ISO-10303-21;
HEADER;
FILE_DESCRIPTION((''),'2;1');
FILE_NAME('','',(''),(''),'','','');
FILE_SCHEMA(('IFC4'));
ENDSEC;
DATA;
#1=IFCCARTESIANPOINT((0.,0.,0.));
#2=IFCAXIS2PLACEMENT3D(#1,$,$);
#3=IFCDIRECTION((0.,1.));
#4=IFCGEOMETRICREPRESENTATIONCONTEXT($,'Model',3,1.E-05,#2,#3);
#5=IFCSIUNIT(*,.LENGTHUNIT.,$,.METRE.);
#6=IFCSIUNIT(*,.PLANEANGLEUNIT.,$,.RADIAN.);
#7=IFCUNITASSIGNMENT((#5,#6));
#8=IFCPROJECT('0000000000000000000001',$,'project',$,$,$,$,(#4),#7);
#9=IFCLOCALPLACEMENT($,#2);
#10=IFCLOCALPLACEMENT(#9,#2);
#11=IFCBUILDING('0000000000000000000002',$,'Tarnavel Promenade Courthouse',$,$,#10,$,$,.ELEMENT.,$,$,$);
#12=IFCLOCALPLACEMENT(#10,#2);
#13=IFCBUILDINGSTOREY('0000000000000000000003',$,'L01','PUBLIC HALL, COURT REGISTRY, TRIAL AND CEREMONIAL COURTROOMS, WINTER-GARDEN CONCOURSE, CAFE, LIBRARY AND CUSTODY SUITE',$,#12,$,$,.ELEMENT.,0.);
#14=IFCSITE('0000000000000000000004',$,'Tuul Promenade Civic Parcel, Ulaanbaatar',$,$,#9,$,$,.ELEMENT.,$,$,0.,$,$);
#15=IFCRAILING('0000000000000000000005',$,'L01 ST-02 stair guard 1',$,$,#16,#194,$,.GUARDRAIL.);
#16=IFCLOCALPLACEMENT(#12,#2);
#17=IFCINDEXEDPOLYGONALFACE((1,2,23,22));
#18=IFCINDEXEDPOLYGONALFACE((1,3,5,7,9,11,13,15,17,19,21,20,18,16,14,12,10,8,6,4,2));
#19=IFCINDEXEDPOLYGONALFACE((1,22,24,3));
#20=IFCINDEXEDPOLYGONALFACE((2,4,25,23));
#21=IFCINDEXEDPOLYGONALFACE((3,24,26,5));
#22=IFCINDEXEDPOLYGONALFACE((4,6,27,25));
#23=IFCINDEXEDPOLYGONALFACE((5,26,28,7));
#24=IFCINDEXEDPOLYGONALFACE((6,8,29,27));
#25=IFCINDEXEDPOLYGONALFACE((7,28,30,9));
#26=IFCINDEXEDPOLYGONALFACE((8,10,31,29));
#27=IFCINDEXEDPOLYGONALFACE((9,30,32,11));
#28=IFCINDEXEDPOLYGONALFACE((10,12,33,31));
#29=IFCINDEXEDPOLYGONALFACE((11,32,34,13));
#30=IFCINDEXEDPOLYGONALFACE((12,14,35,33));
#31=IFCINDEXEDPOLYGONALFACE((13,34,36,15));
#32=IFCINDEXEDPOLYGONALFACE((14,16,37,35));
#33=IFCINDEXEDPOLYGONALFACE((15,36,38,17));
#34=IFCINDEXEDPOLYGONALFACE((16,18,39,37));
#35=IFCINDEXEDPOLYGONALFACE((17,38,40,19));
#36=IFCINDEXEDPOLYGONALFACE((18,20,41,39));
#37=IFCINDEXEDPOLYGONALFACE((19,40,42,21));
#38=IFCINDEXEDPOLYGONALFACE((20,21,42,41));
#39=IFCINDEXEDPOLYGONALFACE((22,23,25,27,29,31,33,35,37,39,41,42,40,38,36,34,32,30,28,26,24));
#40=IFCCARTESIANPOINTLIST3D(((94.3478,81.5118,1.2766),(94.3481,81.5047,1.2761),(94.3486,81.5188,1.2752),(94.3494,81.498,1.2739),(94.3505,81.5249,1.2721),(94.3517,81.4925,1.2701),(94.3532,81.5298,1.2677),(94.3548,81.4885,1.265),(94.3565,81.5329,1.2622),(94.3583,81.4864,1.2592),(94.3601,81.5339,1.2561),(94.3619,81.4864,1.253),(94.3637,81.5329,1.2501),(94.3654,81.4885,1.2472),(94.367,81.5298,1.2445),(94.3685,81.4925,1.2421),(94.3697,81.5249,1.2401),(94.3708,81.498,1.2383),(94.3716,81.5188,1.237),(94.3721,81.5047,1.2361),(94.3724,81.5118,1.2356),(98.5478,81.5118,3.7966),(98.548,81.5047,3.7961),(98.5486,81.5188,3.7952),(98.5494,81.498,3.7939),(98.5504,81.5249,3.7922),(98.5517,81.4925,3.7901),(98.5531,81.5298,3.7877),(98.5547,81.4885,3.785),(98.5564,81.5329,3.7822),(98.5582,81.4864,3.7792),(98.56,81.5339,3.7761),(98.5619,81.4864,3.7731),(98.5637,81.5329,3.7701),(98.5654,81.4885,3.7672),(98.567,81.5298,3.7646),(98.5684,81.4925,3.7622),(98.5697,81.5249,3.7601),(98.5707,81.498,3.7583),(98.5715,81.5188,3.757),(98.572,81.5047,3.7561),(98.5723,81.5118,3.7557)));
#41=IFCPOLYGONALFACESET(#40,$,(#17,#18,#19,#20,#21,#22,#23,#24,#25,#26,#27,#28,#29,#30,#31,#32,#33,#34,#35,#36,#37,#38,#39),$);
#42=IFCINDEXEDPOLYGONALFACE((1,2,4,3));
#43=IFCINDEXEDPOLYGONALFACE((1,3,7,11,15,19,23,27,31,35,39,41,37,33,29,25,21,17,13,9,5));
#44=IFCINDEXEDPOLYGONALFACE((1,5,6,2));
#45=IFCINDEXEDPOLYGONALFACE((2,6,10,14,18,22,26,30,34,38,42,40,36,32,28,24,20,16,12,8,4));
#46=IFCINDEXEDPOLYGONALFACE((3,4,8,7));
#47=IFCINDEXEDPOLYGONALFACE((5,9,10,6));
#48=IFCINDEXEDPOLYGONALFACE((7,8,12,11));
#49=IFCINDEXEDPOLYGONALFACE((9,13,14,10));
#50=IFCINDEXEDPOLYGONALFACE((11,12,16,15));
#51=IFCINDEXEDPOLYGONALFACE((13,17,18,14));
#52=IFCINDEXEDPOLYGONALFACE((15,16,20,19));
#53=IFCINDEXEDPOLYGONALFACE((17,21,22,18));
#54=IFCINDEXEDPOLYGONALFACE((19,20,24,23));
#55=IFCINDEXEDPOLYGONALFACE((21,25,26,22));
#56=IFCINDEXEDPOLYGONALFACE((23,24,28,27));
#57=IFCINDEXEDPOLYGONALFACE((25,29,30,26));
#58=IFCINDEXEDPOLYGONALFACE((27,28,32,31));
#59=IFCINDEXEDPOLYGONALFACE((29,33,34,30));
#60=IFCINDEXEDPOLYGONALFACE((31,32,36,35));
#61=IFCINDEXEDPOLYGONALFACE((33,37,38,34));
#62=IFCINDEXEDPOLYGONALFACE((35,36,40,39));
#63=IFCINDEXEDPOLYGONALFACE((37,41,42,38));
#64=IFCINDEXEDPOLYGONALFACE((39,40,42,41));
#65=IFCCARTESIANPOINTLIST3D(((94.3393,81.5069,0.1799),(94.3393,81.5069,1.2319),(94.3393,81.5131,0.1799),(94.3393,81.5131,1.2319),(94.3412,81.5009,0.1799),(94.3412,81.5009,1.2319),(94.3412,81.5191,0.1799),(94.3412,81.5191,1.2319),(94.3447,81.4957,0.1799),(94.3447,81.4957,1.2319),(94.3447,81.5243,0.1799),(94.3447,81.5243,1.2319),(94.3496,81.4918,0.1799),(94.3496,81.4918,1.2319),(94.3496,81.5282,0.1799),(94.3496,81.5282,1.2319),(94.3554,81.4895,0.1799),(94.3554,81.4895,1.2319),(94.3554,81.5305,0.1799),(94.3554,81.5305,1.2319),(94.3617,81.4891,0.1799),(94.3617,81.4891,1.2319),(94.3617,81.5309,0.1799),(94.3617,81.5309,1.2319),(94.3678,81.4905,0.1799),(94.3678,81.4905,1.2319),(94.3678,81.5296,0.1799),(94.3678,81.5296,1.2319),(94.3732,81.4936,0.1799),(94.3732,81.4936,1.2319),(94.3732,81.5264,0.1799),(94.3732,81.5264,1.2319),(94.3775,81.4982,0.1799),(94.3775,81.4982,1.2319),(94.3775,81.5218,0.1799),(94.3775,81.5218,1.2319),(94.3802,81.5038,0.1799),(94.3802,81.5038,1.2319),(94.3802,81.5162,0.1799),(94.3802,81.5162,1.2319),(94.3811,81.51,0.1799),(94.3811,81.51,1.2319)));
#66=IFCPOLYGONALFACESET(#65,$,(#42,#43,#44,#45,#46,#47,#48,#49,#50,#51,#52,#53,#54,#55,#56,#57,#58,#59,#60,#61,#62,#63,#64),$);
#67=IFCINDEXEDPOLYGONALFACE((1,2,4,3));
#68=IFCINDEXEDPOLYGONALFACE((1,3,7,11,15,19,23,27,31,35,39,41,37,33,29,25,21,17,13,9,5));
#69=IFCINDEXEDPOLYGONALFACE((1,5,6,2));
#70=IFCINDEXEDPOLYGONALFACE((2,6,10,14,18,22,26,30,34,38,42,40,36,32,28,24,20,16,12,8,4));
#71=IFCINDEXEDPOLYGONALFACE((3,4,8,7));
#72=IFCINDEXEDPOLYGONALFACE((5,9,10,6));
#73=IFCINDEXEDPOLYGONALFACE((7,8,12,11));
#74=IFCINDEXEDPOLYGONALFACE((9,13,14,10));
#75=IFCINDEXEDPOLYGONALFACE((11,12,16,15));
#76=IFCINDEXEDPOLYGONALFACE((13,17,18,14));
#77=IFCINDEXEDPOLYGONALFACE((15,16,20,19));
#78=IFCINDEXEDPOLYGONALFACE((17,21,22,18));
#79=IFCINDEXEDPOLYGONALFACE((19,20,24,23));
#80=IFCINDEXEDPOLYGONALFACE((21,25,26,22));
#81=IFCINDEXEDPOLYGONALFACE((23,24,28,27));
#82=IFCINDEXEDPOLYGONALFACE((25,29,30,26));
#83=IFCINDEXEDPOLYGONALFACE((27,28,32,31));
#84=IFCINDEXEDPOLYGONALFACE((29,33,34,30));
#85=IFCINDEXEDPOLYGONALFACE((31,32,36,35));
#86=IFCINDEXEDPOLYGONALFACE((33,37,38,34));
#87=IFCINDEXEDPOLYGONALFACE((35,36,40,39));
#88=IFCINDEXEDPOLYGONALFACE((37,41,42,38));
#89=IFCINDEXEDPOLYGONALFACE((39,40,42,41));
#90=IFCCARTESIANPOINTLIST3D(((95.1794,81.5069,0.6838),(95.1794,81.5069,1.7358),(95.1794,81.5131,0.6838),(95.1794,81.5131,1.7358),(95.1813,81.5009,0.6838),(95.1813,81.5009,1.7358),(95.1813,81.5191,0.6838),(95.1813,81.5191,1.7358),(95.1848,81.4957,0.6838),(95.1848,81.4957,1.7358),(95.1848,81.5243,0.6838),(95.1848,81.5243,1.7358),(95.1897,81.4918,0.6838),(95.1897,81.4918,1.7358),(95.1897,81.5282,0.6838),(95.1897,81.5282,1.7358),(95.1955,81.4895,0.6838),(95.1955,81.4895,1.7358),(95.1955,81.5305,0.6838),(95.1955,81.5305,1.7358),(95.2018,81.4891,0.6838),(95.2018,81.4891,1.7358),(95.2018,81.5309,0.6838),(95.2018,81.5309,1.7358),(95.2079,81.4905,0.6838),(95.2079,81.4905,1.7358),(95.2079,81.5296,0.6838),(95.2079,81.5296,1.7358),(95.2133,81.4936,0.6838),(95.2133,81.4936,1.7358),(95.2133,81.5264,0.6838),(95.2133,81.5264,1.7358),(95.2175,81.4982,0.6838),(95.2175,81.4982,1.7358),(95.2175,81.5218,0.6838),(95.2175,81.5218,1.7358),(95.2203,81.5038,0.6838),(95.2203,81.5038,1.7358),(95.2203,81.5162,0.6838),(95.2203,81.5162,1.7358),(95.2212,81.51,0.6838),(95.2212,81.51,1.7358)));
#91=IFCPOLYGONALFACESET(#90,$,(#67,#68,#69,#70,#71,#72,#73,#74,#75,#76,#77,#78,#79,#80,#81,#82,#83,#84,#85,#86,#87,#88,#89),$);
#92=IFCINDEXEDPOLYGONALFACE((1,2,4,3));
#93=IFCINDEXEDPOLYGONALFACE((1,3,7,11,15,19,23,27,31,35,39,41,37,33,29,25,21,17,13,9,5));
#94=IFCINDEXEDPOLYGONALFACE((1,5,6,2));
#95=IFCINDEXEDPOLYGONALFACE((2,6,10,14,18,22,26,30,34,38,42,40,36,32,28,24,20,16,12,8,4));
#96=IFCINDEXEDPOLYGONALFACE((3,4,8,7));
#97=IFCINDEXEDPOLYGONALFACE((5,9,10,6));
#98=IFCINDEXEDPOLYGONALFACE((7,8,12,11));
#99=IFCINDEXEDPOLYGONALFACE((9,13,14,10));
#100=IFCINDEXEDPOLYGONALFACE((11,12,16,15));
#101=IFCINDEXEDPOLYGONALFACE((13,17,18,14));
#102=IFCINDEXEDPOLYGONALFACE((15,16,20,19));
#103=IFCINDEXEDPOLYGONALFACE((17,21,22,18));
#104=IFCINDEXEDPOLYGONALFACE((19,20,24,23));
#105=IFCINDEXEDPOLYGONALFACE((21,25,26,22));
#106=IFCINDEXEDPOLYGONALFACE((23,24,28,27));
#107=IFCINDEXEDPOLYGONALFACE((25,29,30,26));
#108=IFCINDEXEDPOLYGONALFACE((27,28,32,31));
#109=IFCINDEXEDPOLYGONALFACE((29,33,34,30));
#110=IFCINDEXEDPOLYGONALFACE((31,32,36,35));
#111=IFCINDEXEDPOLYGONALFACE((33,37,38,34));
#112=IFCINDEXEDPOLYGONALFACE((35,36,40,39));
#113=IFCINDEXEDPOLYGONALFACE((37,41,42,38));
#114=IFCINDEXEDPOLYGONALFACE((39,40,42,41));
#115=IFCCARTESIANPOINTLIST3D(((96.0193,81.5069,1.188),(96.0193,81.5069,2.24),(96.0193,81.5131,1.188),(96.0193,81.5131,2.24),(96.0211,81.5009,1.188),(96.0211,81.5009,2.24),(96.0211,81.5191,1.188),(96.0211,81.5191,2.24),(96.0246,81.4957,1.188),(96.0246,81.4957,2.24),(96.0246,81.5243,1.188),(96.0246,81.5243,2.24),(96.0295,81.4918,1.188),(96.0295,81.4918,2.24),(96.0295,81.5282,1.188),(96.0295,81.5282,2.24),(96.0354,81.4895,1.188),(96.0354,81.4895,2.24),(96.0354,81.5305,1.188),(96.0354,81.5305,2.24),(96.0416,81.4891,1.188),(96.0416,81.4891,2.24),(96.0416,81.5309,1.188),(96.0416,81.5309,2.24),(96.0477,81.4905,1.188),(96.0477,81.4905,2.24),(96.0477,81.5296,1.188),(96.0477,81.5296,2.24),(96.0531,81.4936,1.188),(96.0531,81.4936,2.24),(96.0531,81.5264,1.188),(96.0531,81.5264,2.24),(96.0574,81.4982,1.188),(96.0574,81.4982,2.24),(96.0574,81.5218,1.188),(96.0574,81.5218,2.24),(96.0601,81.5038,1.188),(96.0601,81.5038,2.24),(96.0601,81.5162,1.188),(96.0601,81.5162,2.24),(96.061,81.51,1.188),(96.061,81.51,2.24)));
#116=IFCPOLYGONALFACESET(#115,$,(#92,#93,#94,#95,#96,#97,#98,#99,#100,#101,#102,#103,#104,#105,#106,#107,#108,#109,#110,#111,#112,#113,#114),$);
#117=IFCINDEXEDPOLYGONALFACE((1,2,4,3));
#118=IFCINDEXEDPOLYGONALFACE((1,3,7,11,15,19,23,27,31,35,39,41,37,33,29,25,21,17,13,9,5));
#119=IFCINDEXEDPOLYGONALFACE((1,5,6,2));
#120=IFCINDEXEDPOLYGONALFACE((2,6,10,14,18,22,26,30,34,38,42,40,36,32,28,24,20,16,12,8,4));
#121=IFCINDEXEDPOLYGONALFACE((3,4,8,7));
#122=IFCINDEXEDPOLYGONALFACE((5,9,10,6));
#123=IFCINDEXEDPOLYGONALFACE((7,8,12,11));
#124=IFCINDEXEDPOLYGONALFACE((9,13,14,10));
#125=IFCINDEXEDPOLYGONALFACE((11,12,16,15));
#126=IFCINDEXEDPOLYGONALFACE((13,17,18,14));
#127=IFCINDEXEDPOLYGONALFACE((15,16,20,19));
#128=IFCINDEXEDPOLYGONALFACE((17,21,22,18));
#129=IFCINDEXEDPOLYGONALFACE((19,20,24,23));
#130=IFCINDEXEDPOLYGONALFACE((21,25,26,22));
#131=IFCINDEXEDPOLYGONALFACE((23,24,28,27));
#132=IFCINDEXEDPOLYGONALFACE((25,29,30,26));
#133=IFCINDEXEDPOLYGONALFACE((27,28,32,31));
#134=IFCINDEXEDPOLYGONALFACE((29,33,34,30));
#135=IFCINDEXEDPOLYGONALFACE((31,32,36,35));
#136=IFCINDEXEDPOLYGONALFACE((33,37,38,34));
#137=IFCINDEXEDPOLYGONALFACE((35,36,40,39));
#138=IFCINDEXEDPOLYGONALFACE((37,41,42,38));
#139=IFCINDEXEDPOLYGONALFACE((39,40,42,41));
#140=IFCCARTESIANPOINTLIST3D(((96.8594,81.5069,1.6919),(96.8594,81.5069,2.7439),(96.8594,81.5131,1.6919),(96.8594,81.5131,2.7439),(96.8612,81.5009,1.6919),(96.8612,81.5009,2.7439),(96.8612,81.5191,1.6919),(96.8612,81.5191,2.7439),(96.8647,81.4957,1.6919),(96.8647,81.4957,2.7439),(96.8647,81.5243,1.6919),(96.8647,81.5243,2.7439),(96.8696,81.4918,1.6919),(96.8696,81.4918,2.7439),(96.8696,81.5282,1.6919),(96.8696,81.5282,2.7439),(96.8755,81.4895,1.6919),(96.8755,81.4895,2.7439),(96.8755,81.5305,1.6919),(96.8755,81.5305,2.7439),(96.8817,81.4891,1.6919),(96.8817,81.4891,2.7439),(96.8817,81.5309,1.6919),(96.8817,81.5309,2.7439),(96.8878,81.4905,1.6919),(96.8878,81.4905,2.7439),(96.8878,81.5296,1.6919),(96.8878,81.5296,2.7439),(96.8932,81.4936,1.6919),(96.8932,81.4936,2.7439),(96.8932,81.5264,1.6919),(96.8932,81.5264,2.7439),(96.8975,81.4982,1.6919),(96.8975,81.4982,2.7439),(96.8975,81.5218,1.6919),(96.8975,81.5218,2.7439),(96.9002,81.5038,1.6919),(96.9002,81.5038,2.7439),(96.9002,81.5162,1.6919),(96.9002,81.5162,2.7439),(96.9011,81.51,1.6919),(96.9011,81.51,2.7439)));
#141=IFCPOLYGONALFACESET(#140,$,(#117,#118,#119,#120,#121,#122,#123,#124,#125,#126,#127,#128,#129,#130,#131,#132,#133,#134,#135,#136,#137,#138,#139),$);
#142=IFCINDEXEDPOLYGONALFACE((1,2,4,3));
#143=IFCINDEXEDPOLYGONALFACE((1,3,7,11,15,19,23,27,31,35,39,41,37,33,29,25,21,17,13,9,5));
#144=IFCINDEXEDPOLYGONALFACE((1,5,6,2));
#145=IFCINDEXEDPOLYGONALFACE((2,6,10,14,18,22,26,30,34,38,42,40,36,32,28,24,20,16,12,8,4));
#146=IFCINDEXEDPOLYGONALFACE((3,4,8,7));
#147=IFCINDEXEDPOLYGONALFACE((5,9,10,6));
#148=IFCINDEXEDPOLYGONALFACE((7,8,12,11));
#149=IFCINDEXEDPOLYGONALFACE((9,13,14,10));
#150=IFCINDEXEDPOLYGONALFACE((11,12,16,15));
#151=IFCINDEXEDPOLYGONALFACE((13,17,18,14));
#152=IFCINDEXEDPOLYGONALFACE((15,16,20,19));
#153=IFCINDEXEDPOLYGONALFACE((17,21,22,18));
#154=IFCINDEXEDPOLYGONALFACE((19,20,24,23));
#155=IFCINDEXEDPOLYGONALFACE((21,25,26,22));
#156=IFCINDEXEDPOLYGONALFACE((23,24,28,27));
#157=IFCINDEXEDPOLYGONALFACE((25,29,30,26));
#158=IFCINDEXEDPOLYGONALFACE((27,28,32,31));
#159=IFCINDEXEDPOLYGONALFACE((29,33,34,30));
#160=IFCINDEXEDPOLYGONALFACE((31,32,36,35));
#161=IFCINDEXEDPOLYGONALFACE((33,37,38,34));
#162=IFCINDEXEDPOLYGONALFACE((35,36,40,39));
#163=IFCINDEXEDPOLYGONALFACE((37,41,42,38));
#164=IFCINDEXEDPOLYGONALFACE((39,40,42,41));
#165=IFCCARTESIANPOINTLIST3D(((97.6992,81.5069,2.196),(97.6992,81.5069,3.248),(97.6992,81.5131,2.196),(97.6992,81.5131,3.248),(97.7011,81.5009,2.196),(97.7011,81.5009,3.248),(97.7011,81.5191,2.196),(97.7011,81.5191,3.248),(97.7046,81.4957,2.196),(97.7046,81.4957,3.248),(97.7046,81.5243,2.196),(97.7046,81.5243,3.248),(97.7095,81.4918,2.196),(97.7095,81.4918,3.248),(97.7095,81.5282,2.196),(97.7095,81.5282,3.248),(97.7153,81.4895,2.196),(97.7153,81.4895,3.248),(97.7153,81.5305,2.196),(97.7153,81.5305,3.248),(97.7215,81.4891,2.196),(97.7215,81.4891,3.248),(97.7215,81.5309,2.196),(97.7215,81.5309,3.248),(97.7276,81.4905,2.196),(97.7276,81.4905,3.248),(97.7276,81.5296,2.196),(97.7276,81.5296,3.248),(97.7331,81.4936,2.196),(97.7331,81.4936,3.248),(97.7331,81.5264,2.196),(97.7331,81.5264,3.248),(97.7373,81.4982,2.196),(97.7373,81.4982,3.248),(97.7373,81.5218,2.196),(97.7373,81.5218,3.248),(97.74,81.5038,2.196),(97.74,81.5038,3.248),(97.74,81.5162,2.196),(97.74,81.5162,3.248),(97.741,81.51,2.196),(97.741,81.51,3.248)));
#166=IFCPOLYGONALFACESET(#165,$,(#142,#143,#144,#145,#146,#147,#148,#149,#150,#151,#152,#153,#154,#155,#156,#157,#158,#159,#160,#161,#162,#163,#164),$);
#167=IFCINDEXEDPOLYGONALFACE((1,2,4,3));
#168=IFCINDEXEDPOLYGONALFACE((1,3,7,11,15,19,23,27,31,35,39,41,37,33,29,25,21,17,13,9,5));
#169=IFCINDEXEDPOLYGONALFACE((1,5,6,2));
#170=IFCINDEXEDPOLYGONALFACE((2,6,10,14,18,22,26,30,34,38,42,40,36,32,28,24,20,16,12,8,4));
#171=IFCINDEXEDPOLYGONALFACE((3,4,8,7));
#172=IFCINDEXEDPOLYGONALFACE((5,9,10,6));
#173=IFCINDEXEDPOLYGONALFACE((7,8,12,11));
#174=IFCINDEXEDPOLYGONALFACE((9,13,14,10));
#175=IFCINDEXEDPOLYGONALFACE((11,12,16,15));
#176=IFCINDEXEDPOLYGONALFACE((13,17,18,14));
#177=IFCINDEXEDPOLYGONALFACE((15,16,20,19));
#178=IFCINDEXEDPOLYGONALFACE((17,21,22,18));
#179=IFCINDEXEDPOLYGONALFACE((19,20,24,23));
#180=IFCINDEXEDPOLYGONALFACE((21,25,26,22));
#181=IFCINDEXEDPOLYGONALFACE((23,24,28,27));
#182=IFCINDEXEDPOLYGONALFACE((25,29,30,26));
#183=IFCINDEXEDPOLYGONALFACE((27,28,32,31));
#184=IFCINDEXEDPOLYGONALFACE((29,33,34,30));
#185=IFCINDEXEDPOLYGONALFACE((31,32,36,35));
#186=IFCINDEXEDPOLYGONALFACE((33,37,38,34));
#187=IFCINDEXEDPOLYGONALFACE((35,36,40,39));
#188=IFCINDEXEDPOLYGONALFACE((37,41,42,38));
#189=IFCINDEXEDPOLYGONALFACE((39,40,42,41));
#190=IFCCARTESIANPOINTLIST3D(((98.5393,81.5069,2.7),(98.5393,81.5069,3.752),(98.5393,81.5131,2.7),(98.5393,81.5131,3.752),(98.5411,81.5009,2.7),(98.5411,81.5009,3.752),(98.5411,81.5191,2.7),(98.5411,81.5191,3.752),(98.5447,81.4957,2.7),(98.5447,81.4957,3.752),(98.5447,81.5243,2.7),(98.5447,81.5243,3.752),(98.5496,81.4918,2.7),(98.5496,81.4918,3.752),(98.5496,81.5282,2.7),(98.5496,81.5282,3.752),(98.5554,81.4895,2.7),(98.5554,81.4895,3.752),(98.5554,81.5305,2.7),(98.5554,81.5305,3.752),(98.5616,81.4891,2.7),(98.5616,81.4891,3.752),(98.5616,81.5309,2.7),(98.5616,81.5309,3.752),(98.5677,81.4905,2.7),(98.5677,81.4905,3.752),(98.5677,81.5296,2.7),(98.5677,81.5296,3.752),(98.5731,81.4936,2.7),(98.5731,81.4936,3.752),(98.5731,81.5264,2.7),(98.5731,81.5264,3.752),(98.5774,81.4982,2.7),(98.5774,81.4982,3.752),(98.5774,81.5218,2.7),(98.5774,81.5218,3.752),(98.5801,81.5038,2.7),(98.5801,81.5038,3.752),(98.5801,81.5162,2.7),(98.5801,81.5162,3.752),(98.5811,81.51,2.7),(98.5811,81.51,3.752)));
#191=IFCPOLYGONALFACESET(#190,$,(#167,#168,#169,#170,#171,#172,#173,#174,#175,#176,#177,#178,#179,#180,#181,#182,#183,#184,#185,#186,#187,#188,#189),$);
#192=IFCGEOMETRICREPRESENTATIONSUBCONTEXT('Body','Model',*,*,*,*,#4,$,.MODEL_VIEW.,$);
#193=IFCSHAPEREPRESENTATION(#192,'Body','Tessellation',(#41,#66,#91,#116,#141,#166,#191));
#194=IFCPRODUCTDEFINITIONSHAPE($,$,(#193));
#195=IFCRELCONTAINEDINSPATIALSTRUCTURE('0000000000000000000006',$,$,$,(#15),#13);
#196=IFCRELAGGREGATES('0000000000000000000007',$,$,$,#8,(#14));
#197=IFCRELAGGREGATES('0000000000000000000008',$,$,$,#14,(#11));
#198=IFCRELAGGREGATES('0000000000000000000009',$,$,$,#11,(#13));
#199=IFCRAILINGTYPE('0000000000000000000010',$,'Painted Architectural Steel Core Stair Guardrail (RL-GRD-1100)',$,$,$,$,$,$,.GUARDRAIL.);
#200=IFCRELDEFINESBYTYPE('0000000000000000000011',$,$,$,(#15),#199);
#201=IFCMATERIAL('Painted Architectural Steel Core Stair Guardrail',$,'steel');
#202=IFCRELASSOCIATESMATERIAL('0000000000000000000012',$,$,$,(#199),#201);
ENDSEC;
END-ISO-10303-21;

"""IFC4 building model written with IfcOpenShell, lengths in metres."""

from ifc_helpers import new_model, si_unit, direction, frame, origin, origin_2d, place, context, subcontext, project, spatial, circle, extrude, material, type_object, element, save


model = new_model("IFC4")

# Units and contexts
model_context = context("Model", 3, precision=1e-05, world=origin(), true_north=direction((0.0, 1.0)))
body_context = subcontext(model_context, "Body", "Model", "MODEL_VIEW")
ifc_project = project(units=[si_unit("LENGTHUNIT", "METRE"), si_unit("PLANEANGLEUNIT", "RADIAN")], contexts=[model_context])

# Site, building, storey
site_placement = place(None, origin())
site = spatial("IfcSite", under=ifc_project, at=site_placement, Name="Tuul Promenade Civic Parcel, Ulaanbaatar", CompositionType="ELEMENT", RefElevation=0.0)
building_placement = place(site_placement, origin())
building = spatial("IfcBuilding", under=site, at=building_placement, Name="Tarnavel Promenade Courthouse", CompositionType="ELEMENT")
storey_placement = place(building_placement, origin())
storey = spatial("IfcBuildingStorey", under=building, at=storey_placement, Name="L01", Description="PUBLIC HALL, COURT REGISTRY, TRIAL AND CEREMONIAL COURTROOMS, WINTER-GARDEN CONCOURSE, CAFE, LIBRARY AND CUSTODY SUITE", CompositionType="ELEMENT", Elevation=0.0)

# Railing
ifc_material_1 = material(Name="Painted Architectural Steel Core Stair Guardrail", Category="steel")
railing_type = type_object("IfcRailingType", Name="Painted Architectural Steel Core Stair Guardrail (RL-GRD-1100)", PredefinedType="GUARDRAIL", material=ifc_material_1)
railing_1_placement = place(storey_placement, frame((94.3601, 81.51, 0.1799)))
element("IfcRailing", 1, at=railing_1_placement, inside=storey, type_object=railing_type, Name="L01 ST-02 stair guard 1", PredefinedType="GUARDRAIL", context=body_context, shape_type="SweptSolid", body=[
    extrude(circle(Radius=0.0239, at=origin_2d()), frame((0.0, 0.0, 1.0762), z_axis=(0.857489, 0.0, 0.514503), x_axis=(0.0, 1.0, 0.0)), (0.0, 0.0, 1.0), 4.8979),
    extrude(circle(Radius=0.021, at=origin_2d()), origin(), (0.0, 0.0, 1.0), 1.052),
    extrude(circle(Radius=0.021, at=origin_2d()), frame((0.8401, 0.0, 0.5039)), (0.0, 0.0, 1.0), 1.052),
    extrude(circle(Radius=0.021, at=origin_2d()), frame((1.6799, 0.0, 1.0081)), (0.0, 0.0, 1.0), 1.052),
    extrude(circle(Radius=0.021, at=origin_2d()), frame((2.52, 0.0, 1.512)), (0.0, 0.0, 1.0), 1.052),
    extrude(circle(Radius=0.021, at=origin_2d()), frame((3.3599, 0.0, 2.0161)), (0.0, 0.0, 1.0), 1.052),
    extrude(circle(Radius=0.021, at=origin_2d()), frame((4.2, 0.0, 2.52)), (0.0, 0.0, 1.0), 1.052),
])

save(model, "model.ifc")
